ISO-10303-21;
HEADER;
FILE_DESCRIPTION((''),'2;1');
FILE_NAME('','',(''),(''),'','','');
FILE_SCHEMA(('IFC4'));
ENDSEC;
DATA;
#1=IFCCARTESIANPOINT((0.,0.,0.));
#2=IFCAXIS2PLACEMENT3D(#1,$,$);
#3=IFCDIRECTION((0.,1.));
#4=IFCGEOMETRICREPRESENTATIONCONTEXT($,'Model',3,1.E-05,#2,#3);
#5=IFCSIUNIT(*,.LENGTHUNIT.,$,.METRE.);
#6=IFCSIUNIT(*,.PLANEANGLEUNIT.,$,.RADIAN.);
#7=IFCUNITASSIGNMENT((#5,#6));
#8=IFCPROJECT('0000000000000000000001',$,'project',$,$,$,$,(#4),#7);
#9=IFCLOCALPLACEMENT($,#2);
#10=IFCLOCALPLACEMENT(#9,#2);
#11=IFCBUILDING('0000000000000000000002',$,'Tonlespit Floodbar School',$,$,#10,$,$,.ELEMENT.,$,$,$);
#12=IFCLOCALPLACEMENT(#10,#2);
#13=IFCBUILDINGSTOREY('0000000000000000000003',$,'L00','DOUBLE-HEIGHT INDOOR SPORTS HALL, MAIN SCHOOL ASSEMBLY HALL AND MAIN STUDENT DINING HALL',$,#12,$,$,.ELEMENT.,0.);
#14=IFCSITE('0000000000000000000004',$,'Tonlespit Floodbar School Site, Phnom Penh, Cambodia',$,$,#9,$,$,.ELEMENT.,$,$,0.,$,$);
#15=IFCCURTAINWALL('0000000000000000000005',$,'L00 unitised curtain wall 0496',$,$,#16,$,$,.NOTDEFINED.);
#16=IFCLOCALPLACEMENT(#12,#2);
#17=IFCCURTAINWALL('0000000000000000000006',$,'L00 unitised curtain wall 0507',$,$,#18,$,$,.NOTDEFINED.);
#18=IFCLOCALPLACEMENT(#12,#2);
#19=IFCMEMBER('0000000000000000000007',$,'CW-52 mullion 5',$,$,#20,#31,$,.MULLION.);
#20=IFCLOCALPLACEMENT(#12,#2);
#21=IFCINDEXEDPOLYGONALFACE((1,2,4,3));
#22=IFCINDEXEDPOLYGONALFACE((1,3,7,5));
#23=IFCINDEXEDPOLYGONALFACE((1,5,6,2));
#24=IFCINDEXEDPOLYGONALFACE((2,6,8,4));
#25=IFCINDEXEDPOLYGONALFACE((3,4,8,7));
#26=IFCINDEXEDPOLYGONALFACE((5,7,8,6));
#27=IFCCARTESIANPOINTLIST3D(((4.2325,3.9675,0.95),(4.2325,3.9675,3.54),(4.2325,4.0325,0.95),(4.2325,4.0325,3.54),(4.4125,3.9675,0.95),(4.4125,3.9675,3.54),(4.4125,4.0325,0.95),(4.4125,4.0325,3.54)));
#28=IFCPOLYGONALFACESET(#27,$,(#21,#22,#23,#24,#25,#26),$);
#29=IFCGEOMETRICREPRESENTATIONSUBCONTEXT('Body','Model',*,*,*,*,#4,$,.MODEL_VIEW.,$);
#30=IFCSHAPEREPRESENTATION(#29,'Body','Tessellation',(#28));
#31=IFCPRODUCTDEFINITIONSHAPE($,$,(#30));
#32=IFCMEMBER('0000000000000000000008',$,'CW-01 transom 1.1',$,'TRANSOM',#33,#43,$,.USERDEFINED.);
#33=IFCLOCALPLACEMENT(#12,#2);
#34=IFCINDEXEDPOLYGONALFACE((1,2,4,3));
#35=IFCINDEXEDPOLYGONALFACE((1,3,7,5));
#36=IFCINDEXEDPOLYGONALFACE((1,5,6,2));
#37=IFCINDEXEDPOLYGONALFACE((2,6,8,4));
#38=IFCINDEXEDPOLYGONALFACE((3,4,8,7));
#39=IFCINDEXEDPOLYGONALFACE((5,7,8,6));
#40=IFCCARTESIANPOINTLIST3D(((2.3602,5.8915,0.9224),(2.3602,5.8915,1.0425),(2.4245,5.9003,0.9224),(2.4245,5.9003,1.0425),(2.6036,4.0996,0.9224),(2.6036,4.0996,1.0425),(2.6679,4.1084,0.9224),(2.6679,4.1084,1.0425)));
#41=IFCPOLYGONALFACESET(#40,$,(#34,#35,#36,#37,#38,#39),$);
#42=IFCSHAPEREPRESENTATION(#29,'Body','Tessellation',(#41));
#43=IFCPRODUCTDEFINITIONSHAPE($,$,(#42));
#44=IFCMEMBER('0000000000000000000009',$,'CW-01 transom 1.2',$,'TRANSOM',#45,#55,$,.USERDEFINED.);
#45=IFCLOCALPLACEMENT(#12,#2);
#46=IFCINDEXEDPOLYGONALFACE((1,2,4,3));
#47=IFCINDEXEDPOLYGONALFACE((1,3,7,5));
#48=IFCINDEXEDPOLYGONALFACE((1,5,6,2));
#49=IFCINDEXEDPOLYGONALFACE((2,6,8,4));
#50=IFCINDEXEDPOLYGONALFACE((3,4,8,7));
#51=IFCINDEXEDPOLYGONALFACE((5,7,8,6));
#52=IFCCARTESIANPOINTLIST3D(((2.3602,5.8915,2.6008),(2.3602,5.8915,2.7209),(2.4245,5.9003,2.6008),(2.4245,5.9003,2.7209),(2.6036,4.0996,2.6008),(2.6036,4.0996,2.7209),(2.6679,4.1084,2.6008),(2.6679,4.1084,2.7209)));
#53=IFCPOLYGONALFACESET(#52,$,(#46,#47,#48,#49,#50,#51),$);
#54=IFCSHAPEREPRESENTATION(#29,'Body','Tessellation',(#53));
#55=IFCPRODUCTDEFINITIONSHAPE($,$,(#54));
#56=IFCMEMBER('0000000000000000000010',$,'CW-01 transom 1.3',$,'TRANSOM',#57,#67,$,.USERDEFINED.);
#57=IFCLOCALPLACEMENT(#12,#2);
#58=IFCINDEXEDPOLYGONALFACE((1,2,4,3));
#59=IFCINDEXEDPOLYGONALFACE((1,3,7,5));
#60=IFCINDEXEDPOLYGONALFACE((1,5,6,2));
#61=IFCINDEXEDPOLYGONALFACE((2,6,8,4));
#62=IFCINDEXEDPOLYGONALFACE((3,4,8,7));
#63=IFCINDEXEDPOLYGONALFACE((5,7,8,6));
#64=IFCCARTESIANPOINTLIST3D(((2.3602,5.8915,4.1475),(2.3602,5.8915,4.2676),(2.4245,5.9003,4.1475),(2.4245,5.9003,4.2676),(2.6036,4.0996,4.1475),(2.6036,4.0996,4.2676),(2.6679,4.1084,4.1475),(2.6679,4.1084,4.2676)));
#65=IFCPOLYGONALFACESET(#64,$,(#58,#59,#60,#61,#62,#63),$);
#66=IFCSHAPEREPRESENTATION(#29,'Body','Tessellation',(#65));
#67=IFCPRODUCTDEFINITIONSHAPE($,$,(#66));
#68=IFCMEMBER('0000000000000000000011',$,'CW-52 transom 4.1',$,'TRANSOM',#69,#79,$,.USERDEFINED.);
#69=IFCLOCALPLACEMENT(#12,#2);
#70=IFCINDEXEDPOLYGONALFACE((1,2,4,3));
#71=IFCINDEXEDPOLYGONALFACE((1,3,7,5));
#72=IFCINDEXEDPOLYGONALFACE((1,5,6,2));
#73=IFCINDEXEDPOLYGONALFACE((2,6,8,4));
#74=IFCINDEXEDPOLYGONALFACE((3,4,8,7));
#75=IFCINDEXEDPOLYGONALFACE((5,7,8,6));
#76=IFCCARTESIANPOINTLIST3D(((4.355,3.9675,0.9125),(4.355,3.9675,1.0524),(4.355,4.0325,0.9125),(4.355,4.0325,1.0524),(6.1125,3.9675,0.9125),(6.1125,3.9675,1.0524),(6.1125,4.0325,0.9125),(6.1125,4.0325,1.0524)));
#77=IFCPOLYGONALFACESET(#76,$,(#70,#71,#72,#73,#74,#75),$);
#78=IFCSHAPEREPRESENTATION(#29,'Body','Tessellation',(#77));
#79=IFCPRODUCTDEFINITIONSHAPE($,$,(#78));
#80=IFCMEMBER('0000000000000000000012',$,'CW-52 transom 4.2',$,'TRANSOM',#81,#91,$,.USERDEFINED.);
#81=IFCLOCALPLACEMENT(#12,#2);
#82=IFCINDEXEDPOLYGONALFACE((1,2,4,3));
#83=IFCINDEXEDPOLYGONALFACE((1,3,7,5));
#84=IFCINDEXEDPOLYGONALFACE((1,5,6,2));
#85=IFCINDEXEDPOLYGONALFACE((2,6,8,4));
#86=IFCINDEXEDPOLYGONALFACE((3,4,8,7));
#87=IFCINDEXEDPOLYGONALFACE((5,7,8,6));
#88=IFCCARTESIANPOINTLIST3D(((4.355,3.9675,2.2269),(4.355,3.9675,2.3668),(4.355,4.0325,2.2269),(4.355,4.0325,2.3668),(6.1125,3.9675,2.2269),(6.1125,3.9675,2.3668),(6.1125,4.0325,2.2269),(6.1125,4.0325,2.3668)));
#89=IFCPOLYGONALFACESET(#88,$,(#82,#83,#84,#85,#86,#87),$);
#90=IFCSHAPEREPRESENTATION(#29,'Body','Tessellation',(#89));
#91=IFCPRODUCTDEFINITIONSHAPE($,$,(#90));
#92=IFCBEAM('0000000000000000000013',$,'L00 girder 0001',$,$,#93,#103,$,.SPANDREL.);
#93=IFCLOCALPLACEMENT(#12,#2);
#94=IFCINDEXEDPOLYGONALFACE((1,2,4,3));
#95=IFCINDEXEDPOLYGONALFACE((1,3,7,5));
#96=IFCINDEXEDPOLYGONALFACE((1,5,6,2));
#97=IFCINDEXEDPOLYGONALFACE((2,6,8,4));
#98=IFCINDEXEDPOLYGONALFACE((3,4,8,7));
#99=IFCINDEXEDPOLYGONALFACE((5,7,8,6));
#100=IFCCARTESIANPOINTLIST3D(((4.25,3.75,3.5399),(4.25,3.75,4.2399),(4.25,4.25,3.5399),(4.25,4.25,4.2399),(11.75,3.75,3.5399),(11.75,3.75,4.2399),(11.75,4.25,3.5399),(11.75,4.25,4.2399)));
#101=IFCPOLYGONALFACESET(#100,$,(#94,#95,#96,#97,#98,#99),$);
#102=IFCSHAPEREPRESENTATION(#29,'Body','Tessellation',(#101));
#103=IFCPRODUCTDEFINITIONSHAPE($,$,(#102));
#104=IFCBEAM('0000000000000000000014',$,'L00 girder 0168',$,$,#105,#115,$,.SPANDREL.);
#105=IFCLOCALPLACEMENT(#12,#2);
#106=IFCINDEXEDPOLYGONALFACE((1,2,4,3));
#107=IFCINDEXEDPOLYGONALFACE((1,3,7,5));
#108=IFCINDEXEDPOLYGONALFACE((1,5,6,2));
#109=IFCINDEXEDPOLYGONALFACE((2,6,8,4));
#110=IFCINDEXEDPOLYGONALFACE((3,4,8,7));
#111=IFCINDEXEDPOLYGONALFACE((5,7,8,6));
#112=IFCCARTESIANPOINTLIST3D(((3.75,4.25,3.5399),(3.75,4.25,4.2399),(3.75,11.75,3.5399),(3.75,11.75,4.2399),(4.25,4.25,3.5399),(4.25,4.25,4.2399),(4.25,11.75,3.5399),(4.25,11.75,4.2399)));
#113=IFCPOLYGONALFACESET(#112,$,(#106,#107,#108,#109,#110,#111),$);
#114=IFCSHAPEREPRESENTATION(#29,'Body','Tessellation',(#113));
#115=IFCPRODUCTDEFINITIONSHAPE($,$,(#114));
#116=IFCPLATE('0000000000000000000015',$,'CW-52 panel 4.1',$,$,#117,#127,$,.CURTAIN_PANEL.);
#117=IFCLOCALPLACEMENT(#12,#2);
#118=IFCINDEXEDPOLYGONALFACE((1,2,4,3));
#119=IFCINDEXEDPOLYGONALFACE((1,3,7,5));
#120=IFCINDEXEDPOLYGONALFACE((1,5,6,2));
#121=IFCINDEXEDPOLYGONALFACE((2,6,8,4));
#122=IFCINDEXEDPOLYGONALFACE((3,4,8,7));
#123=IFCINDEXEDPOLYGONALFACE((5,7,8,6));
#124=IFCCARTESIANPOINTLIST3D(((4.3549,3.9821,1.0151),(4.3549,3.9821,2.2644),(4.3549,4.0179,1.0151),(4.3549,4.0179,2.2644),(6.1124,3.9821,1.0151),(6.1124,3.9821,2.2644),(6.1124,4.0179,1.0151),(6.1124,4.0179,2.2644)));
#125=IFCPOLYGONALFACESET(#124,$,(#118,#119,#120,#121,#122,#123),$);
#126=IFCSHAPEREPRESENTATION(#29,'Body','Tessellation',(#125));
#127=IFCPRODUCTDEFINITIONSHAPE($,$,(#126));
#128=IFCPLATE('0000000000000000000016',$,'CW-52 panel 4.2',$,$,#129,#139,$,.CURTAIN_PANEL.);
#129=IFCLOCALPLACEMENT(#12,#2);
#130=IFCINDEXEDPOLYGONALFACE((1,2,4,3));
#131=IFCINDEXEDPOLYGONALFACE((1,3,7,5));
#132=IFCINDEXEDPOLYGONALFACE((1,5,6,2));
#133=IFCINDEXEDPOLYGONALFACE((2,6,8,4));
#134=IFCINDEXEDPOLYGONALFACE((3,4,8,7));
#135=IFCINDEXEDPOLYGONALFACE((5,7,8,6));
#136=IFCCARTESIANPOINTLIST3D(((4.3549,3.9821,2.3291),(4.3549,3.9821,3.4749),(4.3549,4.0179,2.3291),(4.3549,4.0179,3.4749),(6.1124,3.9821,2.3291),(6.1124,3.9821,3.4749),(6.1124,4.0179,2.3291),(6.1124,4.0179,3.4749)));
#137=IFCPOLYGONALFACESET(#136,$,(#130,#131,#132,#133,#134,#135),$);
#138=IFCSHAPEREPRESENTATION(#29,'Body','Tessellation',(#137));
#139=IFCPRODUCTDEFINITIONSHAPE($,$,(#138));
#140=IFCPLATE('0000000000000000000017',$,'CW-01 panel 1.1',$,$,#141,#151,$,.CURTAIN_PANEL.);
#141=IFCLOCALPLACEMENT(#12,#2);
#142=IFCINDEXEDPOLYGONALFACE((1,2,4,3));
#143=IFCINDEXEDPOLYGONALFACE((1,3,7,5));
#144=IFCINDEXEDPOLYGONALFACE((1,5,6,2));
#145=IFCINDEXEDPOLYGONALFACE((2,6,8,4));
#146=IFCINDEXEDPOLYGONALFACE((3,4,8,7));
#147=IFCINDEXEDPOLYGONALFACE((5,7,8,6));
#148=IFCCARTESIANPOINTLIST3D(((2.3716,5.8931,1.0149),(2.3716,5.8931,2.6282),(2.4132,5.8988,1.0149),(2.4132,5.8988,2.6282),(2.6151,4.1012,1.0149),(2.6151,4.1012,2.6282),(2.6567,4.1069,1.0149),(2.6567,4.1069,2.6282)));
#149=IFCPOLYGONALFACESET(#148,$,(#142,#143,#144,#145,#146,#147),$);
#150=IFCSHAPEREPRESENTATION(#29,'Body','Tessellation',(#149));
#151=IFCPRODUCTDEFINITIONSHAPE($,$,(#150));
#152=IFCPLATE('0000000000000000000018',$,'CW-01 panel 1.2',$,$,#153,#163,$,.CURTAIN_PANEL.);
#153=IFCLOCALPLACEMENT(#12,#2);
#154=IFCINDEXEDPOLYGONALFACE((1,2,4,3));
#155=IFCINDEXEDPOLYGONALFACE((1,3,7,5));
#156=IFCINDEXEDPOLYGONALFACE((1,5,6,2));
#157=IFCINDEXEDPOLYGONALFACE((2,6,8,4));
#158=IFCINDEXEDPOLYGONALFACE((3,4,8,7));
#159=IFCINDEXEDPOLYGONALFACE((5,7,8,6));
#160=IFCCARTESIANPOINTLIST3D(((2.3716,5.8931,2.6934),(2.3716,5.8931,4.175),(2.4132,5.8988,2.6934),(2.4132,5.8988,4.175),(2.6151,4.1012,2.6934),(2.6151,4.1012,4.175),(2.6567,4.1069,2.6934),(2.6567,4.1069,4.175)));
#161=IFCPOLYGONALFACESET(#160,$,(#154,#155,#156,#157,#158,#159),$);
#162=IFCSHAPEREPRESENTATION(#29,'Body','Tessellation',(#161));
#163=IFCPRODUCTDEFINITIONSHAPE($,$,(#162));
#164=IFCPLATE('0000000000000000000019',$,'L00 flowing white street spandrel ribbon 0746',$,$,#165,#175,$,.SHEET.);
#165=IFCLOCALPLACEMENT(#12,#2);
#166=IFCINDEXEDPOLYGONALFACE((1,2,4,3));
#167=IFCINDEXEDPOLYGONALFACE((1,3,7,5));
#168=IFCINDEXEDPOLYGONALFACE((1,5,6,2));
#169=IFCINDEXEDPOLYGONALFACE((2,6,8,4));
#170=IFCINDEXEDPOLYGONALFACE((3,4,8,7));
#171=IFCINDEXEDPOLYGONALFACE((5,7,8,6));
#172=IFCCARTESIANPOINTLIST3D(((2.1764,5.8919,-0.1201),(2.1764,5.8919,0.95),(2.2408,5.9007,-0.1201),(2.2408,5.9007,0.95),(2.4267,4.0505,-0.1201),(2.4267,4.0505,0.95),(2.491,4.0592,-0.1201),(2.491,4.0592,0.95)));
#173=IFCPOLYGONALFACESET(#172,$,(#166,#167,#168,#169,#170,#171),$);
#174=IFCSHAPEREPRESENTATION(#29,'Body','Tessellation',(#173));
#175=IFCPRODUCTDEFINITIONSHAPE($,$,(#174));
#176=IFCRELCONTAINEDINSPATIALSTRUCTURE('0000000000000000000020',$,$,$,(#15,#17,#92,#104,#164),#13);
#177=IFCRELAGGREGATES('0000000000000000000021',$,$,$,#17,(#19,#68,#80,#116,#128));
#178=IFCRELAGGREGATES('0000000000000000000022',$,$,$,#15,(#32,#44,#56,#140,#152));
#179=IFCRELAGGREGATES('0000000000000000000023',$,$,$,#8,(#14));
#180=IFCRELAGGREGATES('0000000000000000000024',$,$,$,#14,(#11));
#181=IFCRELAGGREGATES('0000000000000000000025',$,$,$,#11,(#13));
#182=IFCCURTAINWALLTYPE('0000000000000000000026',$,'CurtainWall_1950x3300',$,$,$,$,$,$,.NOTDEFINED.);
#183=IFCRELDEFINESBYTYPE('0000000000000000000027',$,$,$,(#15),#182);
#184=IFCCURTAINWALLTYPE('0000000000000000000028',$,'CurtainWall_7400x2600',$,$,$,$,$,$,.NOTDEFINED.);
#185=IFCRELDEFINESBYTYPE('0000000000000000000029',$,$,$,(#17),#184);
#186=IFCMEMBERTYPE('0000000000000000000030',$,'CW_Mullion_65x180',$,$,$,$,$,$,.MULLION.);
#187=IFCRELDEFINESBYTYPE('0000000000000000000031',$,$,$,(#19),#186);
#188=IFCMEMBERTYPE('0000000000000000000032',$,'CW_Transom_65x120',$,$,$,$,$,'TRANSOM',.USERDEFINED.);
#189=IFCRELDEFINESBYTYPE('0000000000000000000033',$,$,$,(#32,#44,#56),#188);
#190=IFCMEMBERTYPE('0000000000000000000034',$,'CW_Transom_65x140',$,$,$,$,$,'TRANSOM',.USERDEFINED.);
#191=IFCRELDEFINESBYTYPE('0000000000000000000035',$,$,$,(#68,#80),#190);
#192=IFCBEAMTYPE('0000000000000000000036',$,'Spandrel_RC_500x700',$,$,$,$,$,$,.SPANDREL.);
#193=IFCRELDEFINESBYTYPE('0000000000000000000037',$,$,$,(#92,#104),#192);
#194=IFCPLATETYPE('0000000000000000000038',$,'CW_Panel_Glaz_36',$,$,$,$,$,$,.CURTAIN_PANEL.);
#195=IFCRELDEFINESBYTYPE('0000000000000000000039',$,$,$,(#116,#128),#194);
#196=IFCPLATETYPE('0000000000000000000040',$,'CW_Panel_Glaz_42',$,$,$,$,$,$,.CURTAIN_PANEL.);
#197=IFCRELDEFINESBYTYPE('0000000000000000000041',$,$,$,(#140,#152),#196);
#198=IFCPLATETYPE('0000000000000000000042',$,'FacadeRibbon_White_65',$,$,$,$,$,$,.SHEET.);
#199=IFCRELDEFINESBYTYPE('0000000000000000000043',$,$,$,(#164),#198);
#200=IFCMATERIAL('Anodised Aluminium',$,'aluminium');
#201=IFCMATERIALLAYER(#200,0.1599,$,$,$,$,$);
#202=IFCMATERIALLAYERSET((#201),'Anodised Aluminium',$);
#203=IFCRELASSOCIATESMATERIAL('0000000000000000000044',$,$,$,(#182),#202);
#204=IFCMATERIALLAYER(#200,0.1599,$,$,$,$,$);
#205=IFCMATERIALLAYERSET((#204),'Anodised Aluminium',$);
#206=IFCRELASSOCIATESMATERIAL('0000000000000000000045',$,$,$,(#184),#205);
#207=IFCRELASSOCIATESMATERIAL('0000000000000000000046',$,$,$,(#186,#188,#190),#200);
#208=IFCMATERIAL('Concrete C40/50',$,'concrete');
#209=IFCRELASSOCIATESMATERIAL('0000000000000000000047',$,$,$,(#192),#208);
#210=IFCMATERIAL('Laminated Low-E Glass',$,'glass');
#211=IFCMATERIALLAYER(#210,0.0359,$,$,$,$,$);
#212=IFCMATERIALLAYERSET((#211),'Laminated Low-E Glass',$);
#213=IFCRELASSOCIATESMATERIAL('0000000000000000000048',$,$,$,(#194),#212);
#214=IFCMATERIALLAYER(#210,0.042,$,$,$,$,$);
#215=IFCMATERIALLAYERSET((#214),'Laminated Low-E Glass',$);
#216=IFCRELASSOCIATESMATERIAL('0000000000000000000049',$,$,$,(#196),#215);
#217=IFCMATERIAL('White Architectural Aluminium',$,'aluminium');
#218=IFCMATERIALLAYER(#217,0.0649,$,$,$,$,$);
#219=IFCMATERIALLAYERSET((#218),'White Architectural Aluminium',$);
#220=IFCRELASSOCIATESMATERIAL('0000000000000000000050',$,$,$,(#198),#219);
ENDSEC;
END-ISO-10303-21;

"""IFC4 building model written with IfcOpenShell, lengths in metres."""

from ifc_helpers import new_model, si_unit, direction, frame, origin, origin_2d, place, context, subcontext, project, spatial, rectangle, extrude, material, layer, layer_set, material_profile, profile_set, type_object, element, aggregate, save


model = new_model("IFC4")

# Units and contexts
model_context = context("Model", 3, precision=1e-05, world=origin(), true_north=direction((0.0, 1.0)))
body_context = subcontext(model_context, "Body", "Model", "MODEL_VIEW")
ifc_project = project(units=[si_unit("LENGTHUNIT", "METRE"), si_unit("PLANEANGLEUNIT", "RADIAN")], contexts=[model_context])

# Site, building, storey
site_placement = place(None, origin())
site = spatial("IfcSite", under=ifc_project, at=site_placement, Name="Tonlespit Floodbar School Site, Phnom Penh, Cambodia", CompositionType="ELEMENT", RefElevation=0.0)
building_placement = place(site_placement, origin())
building = spatial("IfcBuilding", under=site, at=building_placement, Name="Tonlespit Floodbar School", CompositionType="ELEMENT")
storey_placement = place(building_placement, origin())
storey = spatial("IfcBuildingStorey", under=building, at=storey_placement, Name="L00", Description="DOUBLE-HEIGHT INDOOR SPORTS HALL, MAIN SCHOOL ASSEMBLY HALL AND MAIN STUDENT DINING HALL", CompositionType="ELEMENT", Elevation=0.0)

# Shared definitions
ifc_material_1 = material(Name="Concrete C40/50", Category="concrete")

# Curtain walls, member
ifc_material_2 = material(Name="Anodised Aluminium", Category="aluminium")
ifc_layer_1 = layer(ifc_material_2, 0.1599)
ifc_layer_set_1 = layer_set([ifc_layer_1], Name="Anodised Aluminium")
curtain_wall_type_1 = type_object("IfcCurtainWallType", Name="CurtainWall_1950x3300", PredefinedType="NOTDEFINED", material=ifc_layer_set_1)
curtain_wall_1_placement = place(storey_placement, origin())
curtain_wall_1 = element("IfcCurtainWall", 1, at=curtain_wall_1_placement, inside=storey, type_object=curtain_wall_type_1, Name="L00 unitised curtain wall 0496", PredefinedType="NOTDEFINED")
ifc_layer_2 = layer(ifc_material_2, 0.1599)
ifc_layer_set_2 = layer_set([ifc_layer_2], Name="Anodised Aluminium")
curtain_wall_type_2 = type_object("IfcCurtainWallType", Name="CurtainWall_7400x2600", PredefinedType="NOTDEFINED", material=ifc_layer_set_2)
curtain_wall_2_placement = place(storey_placement, origin())
curtain_wall_2 = element("IfcCurtainWall", 2, at=curtain_wall_2_placement, inside=storey, type_object=curtain_wall_type_2, Name="L00 unitised curtain wall 0507", PredefinedType="NOTDEFINED")
ifc_material_profile_1 = material_profile(ifc_material_2, rectangle(XDim=0.0649, YDim=0.1799, at=origin_2d()), Name="ALU M65x180")
ifc_profile_set_1 = profile_set([ifc_material_profile_1], Name="Anodised Aluminium")
member_type_1 = type_object("IfcMemberType", Name="CW_Mullion_65x180", PredefinedType="MULLION", material=ifc_profile_set_1)
member_1_placement = place(storey_placement, frame((4.3225, 4.0, 0.95), z_axis=(0.0, 0.0, 1.0), x_axis=(0.0, -1.0, 0.0)))
member_1 = element("IfcMember", 3, at=member_1_placement, type_object=member_type_1, Name="CW-52 mullion 5", PredefinedType="MULLION", context=body_context, shape_type="SweptSolid", body=[
    extrude(rectangle(XDim=0.0649, YDim=0.1799, at=origin_2d()), origin(), (0.0, 0.0, 1.0), 2.5901),
])

# Members
ifc_material_profile_2 = material_profile(ifc_material_2, rectangle(XDim=0.0649, YDim=0.1201, at=origin_2d()), Name="ALU T65x120")
ifc_profile_set_2 = profile_set([ifc_material_profile_2], Name="Anodised Aluminium")
member_type_2 = type_object("IfcMemberType", Name="CW_Transom_65x120", ElementType="TRANSOM", PredefinedType="USERDEFINED", material=ifc_profile_set_2)
member_2_placement = place(storey_placement, frame((2.6357, 4.104, 0.9824), z_axis=(-0.134595, 0.990901, 0.0), x_axis=(-0.990901, -0.134595, 0.0)))
member_2 = element("IfcMember", 4, at=member_2_placement, type_object=member_type_2, Name="CW-01 transom 1.1", ObjectType="TRANSOM", PredefinedType="USERDEFINED", context=body_context, shape_type="SweptSolid", body=[
    extrude(rectangle(XDim=0.0649, YDim=0.1201, at=origin_2d()), origin(), (0.0, 0.0, 1.0), 1.8083),
])
member_3_placement = place(storey_placement, frame((2.6357, 4.104, 2.6609), z_axis=(-0.134595, 0.990901, 0.0), x_axis=(-0.990901, -0.134595, 0.0)))
member_3 = element("IfcMember", 5, at=member_3_placement, type_object=member_type_2, Name="CW-01 transom 1.2", ObjectType="TRANSOM", PredefinedType="USERDEFINED", context=body_context, shape_type="SweptSolid", body=[
    extrude(rectangle(XDim=0.0649, YDim=0.1201, at=origin_2d()), origin(), (0.0, 0.0, 1.0), 1.8083),
])
member_4_placement = place(storey_placement, frame((2.6357, 4.104, 4.2075), z_axis=(-0.134595, 0.990901, 0.0), x_axis=(-0.990901, -0.134595, 0.0)))
member_4 = element("IfcMember", 6, at=member_4_placement, type_object=member_type_2, Name="CW-01 transom 1.3", ObjectType="TRANSOM", PredefinedType="USERDEFINED", context=body_context, shape_type="SweptSolid", body=[
    extrude(rectangle(XDim=0.0649, YDim=0.1201, at=origin_2d()), origin(), (0.0, 0.0, 1.0), 1.8083),
])
ifc_material_profile_3 = material_profile(ifc_material_2, rectangle(XDim=0.0649, YDim=0.1399, at=origin_2d()), Name="ALU T65x140")
ifc_profile_set_3 = profile_set([ifc_material_profile_3], Name="Anodised Aluminium")
member_type_3 = type_object("IfcMemberType", Name="CW_Transom_65x140", ElementType="TRANSOM", PredefinedType="USERDEFINED", material=ifc_profile_set_3)
member_5_placement = place(storey_placement, frame((6.1125, 4.0, 0.9824), z_axis=(-1.0, 0.0, 0.0), x_axis=(0.0, -1.0, 0.0)))
member_5 = element("IfcMember", 7, at=member_5_placement, type_object=member_type_3, Name="CW-52 transom 4.1", ObjectType="TRANSOM", PredefinedType="USERDEFINED", context=body_context, shape_type="SweptSolid", body=[
    extrude(rectangle(XDim=0.0649, YDim=0.1399, at=origin_2d()), origin(), (0.0, 0.0, 1.0), 1.7576),
])
member_6_placement = place(storey_placement, frame((6.1125, 4.0, 2.2969), z_axis=(-1.0, 0.0, 0.0), x_axis=(0.0, -1.0, 0.0)))
member_6 = element("IfcMember", 8, at=member_6_placement, type_object=member_type_3, Name="CW-52 transom 4.2", ObjectType="TRANSOM", PredefinedType="USERDEFINED", context=body_context, shape_type="SweptSolid", body=[
    extrude(rectangle(XDim=0.0649, YDim=0.1399, at=origin_2d()), origin(), (0.0, 0.0, 1.0), 1.7576),
])

# Beams
ifc_material_profile_4 = material_profile(ifc_material_1, rectangle(XDim=0.5, YDim=0.7, at=origin_2d()), Name="RC 500x700")
ifc_profile_set_4 = profile_set([ifc_material_profile_4], Name="Concrete C40/50")
beam_type_1 = type_object("IfcBeamType", Name="Spandrel_RC_500x700", PredefinedType="SPANDREL", material=ifc_profile_set_4)
for number, where, z_axis, x_axis, name in (
    (9, (4.25, 4.0, 3.8899), (1.0, 0.0, 0.0), (0.0, 1.0, 0.0), "L00 girder 0001"),
    (10, (4.0, 4.25, 3.8899), (0.0, 1.0, 0.0), (-1.0, 0.0, 0.0), "L00 girder 0168"),
):
    element("IfcBeam", number, at=place(storey_placement, frame(where, z_axis=z_axis, x_axis=x_axis)), inside=storey, type_object=beam_type_1, Name=name, PredefinedType="SPANDREL", context=body_context, shape_type="SweptSolid", body=[
        extrude(rectangle(XDim=0.5, YDim=0.7, at=origin_2d()), origin(), (0.0, 0.0, 1.0), 7.5),
    ])

# Plates
ifc_material_3 = material(Name="Laminated Low-E Glass", Category="glass")
ifc_layer_3 = layer(ifc_material_3, 0.0359)
ifc_layer_set_3 = layer_set([ifc_layer_3], Name="Laminated Low-E Glass")
plate_type_1 = type_object("IfcPlateType", Name="CW_Panel_Glaz_36", PredefinedType="CURTAIN_PANEL", material=ifc_layer_set_3)
plate_1_placement = place(storey_placement, frame((5.2336, 4.0, 1.0151), z_axis=(0.0, 0.0, 1.0), x_axis=(-1.0, 0.0, 0.0)))
plate_1 = element("IfcPlate", 11, at=plate_1_placement, type_object=plate_type_1, Name="CW-52 panel 4.1", PredefinedType="CURTAIN_PANEL", context=body_context, shape_type="SweptSolid", body=[
    extrude(rectangle(XDim=1.7576, YDim=0.0359, at=origin_2d()), origin(), (0.0, 0.0, 1.0), 1.2493),
])
plate_2_placement = place(storey_placement, frame((5.2336, 4.0, 2.3291), z_axis=(0.0, 0.0, 1.0), x_axis=(-1.0, 0.0, 0.0)))
plate_2 = element("IfcPlate", 12, at=plate_2_placement, type_object=plate_type_1, Name="CW-52 panel 4.2", PredefinedType="CURTAIN_PANEL", context=body_context, shape_type="SweptSolid", body=[
    extrude(rectangle(XDim=1.7576, YDim=0.0359, at=origin_2d()), origin(), (0.0, 0.0, 1.0), 1.1458),
])
aggregate(curtain_wall_2, [member_1, member_5, member_6, plate_1, plate_2])
ifc_layer_4 = layer(ifc_material_3, 0.042)
ifc_layer_set_4 = layer_set([ifc_layer_4], Name="Laminated Low-E Glass")
plate_type_2 = type_object("IfcPlateType", Name="CW_Panel_Glaz_42", PredefinedType="CURTAIN_PANEL", material=ifc_layer_set_4)
plate_3_placement = place(storey_placement, frame((2.5142, 5.0, 1.0149), z_axis=(0.0, 0.0, 1.0), x_axis=(-0.134644, 0.990894, 0.0)))
plate_3 = element("IfcPlate", 13, at=plate_3_placement, type_object=plate_type_2, Name="CW-01 panel 1.1", PredefinedType="CURTAIN_PANEL", context=body_context, shape_type="SweptSolid", body=[
    extrude(rectangle(XDim=1.8083, YDim=0.042, at=origin_2d()), origin(), (0.0, 0.0, 1.0), 1.6133),
])
plate_4_placement = place(storey_placement, frame((2.5142, 5.0, 2.6934), z_axis=(0.0, 0.0, 1.0), x_axis=(-0.134644, 0.990894, 0.0)))
plate_4 = element("IfcPlate", 14, at=plate_4_placement, type_object=plate_type_2, Name="CW-01 panel 1.2", PredefinedType="CURTAIN_PANEL", context=body_context, shape_type="SweptSolid", body=[
    extrude(rectangle(XDim=1.8083, YDim=0.042, at=origin_2d()), origin(), (0.0, 0.0, 1.0), 1.4817),
])
aggregate(curtain_wall_1, [member_2, member_3, member_4, plate_3, plate_4])
ifc_material_4 = material(Name="White Architectural Aluminium", Category="aluminium")
ifc_layer_5 = layer(ifc_material_4, 0.0649)
ifc_layer_set_5 = layer_set([ifc_layer_5], Name="White Architectural Aluminium")
plate_type_3 = type_object("IfcPlateType", Name="FacadeRibbon_White_65", PredefinedType="SHEET", material=ifc_layer_set_5)
plate_5_placement = place(storey_placement, frame((2.3337, 4.9756, -0.1201), z_axis=(0.0, 0.0, 1.0), x_axis=(-0.134662, 0.990892, 0.0)))
element("IfcPlate", 15, at=plate_5_placement, inside=storey, type_object=plate_type_3, Name="L00 flowing white street spandrel ribbon 0746", PredefinedType="SHEET", context=body_context, shape_type="SweptSolid", body=[
    extrude(rectangle(XDim=1.8584, YDim=0.0649, at=origin_2d()), origin(), (0.0, 0.0, 1.0), 1.0701),
])

save(model, "model.ifc")
